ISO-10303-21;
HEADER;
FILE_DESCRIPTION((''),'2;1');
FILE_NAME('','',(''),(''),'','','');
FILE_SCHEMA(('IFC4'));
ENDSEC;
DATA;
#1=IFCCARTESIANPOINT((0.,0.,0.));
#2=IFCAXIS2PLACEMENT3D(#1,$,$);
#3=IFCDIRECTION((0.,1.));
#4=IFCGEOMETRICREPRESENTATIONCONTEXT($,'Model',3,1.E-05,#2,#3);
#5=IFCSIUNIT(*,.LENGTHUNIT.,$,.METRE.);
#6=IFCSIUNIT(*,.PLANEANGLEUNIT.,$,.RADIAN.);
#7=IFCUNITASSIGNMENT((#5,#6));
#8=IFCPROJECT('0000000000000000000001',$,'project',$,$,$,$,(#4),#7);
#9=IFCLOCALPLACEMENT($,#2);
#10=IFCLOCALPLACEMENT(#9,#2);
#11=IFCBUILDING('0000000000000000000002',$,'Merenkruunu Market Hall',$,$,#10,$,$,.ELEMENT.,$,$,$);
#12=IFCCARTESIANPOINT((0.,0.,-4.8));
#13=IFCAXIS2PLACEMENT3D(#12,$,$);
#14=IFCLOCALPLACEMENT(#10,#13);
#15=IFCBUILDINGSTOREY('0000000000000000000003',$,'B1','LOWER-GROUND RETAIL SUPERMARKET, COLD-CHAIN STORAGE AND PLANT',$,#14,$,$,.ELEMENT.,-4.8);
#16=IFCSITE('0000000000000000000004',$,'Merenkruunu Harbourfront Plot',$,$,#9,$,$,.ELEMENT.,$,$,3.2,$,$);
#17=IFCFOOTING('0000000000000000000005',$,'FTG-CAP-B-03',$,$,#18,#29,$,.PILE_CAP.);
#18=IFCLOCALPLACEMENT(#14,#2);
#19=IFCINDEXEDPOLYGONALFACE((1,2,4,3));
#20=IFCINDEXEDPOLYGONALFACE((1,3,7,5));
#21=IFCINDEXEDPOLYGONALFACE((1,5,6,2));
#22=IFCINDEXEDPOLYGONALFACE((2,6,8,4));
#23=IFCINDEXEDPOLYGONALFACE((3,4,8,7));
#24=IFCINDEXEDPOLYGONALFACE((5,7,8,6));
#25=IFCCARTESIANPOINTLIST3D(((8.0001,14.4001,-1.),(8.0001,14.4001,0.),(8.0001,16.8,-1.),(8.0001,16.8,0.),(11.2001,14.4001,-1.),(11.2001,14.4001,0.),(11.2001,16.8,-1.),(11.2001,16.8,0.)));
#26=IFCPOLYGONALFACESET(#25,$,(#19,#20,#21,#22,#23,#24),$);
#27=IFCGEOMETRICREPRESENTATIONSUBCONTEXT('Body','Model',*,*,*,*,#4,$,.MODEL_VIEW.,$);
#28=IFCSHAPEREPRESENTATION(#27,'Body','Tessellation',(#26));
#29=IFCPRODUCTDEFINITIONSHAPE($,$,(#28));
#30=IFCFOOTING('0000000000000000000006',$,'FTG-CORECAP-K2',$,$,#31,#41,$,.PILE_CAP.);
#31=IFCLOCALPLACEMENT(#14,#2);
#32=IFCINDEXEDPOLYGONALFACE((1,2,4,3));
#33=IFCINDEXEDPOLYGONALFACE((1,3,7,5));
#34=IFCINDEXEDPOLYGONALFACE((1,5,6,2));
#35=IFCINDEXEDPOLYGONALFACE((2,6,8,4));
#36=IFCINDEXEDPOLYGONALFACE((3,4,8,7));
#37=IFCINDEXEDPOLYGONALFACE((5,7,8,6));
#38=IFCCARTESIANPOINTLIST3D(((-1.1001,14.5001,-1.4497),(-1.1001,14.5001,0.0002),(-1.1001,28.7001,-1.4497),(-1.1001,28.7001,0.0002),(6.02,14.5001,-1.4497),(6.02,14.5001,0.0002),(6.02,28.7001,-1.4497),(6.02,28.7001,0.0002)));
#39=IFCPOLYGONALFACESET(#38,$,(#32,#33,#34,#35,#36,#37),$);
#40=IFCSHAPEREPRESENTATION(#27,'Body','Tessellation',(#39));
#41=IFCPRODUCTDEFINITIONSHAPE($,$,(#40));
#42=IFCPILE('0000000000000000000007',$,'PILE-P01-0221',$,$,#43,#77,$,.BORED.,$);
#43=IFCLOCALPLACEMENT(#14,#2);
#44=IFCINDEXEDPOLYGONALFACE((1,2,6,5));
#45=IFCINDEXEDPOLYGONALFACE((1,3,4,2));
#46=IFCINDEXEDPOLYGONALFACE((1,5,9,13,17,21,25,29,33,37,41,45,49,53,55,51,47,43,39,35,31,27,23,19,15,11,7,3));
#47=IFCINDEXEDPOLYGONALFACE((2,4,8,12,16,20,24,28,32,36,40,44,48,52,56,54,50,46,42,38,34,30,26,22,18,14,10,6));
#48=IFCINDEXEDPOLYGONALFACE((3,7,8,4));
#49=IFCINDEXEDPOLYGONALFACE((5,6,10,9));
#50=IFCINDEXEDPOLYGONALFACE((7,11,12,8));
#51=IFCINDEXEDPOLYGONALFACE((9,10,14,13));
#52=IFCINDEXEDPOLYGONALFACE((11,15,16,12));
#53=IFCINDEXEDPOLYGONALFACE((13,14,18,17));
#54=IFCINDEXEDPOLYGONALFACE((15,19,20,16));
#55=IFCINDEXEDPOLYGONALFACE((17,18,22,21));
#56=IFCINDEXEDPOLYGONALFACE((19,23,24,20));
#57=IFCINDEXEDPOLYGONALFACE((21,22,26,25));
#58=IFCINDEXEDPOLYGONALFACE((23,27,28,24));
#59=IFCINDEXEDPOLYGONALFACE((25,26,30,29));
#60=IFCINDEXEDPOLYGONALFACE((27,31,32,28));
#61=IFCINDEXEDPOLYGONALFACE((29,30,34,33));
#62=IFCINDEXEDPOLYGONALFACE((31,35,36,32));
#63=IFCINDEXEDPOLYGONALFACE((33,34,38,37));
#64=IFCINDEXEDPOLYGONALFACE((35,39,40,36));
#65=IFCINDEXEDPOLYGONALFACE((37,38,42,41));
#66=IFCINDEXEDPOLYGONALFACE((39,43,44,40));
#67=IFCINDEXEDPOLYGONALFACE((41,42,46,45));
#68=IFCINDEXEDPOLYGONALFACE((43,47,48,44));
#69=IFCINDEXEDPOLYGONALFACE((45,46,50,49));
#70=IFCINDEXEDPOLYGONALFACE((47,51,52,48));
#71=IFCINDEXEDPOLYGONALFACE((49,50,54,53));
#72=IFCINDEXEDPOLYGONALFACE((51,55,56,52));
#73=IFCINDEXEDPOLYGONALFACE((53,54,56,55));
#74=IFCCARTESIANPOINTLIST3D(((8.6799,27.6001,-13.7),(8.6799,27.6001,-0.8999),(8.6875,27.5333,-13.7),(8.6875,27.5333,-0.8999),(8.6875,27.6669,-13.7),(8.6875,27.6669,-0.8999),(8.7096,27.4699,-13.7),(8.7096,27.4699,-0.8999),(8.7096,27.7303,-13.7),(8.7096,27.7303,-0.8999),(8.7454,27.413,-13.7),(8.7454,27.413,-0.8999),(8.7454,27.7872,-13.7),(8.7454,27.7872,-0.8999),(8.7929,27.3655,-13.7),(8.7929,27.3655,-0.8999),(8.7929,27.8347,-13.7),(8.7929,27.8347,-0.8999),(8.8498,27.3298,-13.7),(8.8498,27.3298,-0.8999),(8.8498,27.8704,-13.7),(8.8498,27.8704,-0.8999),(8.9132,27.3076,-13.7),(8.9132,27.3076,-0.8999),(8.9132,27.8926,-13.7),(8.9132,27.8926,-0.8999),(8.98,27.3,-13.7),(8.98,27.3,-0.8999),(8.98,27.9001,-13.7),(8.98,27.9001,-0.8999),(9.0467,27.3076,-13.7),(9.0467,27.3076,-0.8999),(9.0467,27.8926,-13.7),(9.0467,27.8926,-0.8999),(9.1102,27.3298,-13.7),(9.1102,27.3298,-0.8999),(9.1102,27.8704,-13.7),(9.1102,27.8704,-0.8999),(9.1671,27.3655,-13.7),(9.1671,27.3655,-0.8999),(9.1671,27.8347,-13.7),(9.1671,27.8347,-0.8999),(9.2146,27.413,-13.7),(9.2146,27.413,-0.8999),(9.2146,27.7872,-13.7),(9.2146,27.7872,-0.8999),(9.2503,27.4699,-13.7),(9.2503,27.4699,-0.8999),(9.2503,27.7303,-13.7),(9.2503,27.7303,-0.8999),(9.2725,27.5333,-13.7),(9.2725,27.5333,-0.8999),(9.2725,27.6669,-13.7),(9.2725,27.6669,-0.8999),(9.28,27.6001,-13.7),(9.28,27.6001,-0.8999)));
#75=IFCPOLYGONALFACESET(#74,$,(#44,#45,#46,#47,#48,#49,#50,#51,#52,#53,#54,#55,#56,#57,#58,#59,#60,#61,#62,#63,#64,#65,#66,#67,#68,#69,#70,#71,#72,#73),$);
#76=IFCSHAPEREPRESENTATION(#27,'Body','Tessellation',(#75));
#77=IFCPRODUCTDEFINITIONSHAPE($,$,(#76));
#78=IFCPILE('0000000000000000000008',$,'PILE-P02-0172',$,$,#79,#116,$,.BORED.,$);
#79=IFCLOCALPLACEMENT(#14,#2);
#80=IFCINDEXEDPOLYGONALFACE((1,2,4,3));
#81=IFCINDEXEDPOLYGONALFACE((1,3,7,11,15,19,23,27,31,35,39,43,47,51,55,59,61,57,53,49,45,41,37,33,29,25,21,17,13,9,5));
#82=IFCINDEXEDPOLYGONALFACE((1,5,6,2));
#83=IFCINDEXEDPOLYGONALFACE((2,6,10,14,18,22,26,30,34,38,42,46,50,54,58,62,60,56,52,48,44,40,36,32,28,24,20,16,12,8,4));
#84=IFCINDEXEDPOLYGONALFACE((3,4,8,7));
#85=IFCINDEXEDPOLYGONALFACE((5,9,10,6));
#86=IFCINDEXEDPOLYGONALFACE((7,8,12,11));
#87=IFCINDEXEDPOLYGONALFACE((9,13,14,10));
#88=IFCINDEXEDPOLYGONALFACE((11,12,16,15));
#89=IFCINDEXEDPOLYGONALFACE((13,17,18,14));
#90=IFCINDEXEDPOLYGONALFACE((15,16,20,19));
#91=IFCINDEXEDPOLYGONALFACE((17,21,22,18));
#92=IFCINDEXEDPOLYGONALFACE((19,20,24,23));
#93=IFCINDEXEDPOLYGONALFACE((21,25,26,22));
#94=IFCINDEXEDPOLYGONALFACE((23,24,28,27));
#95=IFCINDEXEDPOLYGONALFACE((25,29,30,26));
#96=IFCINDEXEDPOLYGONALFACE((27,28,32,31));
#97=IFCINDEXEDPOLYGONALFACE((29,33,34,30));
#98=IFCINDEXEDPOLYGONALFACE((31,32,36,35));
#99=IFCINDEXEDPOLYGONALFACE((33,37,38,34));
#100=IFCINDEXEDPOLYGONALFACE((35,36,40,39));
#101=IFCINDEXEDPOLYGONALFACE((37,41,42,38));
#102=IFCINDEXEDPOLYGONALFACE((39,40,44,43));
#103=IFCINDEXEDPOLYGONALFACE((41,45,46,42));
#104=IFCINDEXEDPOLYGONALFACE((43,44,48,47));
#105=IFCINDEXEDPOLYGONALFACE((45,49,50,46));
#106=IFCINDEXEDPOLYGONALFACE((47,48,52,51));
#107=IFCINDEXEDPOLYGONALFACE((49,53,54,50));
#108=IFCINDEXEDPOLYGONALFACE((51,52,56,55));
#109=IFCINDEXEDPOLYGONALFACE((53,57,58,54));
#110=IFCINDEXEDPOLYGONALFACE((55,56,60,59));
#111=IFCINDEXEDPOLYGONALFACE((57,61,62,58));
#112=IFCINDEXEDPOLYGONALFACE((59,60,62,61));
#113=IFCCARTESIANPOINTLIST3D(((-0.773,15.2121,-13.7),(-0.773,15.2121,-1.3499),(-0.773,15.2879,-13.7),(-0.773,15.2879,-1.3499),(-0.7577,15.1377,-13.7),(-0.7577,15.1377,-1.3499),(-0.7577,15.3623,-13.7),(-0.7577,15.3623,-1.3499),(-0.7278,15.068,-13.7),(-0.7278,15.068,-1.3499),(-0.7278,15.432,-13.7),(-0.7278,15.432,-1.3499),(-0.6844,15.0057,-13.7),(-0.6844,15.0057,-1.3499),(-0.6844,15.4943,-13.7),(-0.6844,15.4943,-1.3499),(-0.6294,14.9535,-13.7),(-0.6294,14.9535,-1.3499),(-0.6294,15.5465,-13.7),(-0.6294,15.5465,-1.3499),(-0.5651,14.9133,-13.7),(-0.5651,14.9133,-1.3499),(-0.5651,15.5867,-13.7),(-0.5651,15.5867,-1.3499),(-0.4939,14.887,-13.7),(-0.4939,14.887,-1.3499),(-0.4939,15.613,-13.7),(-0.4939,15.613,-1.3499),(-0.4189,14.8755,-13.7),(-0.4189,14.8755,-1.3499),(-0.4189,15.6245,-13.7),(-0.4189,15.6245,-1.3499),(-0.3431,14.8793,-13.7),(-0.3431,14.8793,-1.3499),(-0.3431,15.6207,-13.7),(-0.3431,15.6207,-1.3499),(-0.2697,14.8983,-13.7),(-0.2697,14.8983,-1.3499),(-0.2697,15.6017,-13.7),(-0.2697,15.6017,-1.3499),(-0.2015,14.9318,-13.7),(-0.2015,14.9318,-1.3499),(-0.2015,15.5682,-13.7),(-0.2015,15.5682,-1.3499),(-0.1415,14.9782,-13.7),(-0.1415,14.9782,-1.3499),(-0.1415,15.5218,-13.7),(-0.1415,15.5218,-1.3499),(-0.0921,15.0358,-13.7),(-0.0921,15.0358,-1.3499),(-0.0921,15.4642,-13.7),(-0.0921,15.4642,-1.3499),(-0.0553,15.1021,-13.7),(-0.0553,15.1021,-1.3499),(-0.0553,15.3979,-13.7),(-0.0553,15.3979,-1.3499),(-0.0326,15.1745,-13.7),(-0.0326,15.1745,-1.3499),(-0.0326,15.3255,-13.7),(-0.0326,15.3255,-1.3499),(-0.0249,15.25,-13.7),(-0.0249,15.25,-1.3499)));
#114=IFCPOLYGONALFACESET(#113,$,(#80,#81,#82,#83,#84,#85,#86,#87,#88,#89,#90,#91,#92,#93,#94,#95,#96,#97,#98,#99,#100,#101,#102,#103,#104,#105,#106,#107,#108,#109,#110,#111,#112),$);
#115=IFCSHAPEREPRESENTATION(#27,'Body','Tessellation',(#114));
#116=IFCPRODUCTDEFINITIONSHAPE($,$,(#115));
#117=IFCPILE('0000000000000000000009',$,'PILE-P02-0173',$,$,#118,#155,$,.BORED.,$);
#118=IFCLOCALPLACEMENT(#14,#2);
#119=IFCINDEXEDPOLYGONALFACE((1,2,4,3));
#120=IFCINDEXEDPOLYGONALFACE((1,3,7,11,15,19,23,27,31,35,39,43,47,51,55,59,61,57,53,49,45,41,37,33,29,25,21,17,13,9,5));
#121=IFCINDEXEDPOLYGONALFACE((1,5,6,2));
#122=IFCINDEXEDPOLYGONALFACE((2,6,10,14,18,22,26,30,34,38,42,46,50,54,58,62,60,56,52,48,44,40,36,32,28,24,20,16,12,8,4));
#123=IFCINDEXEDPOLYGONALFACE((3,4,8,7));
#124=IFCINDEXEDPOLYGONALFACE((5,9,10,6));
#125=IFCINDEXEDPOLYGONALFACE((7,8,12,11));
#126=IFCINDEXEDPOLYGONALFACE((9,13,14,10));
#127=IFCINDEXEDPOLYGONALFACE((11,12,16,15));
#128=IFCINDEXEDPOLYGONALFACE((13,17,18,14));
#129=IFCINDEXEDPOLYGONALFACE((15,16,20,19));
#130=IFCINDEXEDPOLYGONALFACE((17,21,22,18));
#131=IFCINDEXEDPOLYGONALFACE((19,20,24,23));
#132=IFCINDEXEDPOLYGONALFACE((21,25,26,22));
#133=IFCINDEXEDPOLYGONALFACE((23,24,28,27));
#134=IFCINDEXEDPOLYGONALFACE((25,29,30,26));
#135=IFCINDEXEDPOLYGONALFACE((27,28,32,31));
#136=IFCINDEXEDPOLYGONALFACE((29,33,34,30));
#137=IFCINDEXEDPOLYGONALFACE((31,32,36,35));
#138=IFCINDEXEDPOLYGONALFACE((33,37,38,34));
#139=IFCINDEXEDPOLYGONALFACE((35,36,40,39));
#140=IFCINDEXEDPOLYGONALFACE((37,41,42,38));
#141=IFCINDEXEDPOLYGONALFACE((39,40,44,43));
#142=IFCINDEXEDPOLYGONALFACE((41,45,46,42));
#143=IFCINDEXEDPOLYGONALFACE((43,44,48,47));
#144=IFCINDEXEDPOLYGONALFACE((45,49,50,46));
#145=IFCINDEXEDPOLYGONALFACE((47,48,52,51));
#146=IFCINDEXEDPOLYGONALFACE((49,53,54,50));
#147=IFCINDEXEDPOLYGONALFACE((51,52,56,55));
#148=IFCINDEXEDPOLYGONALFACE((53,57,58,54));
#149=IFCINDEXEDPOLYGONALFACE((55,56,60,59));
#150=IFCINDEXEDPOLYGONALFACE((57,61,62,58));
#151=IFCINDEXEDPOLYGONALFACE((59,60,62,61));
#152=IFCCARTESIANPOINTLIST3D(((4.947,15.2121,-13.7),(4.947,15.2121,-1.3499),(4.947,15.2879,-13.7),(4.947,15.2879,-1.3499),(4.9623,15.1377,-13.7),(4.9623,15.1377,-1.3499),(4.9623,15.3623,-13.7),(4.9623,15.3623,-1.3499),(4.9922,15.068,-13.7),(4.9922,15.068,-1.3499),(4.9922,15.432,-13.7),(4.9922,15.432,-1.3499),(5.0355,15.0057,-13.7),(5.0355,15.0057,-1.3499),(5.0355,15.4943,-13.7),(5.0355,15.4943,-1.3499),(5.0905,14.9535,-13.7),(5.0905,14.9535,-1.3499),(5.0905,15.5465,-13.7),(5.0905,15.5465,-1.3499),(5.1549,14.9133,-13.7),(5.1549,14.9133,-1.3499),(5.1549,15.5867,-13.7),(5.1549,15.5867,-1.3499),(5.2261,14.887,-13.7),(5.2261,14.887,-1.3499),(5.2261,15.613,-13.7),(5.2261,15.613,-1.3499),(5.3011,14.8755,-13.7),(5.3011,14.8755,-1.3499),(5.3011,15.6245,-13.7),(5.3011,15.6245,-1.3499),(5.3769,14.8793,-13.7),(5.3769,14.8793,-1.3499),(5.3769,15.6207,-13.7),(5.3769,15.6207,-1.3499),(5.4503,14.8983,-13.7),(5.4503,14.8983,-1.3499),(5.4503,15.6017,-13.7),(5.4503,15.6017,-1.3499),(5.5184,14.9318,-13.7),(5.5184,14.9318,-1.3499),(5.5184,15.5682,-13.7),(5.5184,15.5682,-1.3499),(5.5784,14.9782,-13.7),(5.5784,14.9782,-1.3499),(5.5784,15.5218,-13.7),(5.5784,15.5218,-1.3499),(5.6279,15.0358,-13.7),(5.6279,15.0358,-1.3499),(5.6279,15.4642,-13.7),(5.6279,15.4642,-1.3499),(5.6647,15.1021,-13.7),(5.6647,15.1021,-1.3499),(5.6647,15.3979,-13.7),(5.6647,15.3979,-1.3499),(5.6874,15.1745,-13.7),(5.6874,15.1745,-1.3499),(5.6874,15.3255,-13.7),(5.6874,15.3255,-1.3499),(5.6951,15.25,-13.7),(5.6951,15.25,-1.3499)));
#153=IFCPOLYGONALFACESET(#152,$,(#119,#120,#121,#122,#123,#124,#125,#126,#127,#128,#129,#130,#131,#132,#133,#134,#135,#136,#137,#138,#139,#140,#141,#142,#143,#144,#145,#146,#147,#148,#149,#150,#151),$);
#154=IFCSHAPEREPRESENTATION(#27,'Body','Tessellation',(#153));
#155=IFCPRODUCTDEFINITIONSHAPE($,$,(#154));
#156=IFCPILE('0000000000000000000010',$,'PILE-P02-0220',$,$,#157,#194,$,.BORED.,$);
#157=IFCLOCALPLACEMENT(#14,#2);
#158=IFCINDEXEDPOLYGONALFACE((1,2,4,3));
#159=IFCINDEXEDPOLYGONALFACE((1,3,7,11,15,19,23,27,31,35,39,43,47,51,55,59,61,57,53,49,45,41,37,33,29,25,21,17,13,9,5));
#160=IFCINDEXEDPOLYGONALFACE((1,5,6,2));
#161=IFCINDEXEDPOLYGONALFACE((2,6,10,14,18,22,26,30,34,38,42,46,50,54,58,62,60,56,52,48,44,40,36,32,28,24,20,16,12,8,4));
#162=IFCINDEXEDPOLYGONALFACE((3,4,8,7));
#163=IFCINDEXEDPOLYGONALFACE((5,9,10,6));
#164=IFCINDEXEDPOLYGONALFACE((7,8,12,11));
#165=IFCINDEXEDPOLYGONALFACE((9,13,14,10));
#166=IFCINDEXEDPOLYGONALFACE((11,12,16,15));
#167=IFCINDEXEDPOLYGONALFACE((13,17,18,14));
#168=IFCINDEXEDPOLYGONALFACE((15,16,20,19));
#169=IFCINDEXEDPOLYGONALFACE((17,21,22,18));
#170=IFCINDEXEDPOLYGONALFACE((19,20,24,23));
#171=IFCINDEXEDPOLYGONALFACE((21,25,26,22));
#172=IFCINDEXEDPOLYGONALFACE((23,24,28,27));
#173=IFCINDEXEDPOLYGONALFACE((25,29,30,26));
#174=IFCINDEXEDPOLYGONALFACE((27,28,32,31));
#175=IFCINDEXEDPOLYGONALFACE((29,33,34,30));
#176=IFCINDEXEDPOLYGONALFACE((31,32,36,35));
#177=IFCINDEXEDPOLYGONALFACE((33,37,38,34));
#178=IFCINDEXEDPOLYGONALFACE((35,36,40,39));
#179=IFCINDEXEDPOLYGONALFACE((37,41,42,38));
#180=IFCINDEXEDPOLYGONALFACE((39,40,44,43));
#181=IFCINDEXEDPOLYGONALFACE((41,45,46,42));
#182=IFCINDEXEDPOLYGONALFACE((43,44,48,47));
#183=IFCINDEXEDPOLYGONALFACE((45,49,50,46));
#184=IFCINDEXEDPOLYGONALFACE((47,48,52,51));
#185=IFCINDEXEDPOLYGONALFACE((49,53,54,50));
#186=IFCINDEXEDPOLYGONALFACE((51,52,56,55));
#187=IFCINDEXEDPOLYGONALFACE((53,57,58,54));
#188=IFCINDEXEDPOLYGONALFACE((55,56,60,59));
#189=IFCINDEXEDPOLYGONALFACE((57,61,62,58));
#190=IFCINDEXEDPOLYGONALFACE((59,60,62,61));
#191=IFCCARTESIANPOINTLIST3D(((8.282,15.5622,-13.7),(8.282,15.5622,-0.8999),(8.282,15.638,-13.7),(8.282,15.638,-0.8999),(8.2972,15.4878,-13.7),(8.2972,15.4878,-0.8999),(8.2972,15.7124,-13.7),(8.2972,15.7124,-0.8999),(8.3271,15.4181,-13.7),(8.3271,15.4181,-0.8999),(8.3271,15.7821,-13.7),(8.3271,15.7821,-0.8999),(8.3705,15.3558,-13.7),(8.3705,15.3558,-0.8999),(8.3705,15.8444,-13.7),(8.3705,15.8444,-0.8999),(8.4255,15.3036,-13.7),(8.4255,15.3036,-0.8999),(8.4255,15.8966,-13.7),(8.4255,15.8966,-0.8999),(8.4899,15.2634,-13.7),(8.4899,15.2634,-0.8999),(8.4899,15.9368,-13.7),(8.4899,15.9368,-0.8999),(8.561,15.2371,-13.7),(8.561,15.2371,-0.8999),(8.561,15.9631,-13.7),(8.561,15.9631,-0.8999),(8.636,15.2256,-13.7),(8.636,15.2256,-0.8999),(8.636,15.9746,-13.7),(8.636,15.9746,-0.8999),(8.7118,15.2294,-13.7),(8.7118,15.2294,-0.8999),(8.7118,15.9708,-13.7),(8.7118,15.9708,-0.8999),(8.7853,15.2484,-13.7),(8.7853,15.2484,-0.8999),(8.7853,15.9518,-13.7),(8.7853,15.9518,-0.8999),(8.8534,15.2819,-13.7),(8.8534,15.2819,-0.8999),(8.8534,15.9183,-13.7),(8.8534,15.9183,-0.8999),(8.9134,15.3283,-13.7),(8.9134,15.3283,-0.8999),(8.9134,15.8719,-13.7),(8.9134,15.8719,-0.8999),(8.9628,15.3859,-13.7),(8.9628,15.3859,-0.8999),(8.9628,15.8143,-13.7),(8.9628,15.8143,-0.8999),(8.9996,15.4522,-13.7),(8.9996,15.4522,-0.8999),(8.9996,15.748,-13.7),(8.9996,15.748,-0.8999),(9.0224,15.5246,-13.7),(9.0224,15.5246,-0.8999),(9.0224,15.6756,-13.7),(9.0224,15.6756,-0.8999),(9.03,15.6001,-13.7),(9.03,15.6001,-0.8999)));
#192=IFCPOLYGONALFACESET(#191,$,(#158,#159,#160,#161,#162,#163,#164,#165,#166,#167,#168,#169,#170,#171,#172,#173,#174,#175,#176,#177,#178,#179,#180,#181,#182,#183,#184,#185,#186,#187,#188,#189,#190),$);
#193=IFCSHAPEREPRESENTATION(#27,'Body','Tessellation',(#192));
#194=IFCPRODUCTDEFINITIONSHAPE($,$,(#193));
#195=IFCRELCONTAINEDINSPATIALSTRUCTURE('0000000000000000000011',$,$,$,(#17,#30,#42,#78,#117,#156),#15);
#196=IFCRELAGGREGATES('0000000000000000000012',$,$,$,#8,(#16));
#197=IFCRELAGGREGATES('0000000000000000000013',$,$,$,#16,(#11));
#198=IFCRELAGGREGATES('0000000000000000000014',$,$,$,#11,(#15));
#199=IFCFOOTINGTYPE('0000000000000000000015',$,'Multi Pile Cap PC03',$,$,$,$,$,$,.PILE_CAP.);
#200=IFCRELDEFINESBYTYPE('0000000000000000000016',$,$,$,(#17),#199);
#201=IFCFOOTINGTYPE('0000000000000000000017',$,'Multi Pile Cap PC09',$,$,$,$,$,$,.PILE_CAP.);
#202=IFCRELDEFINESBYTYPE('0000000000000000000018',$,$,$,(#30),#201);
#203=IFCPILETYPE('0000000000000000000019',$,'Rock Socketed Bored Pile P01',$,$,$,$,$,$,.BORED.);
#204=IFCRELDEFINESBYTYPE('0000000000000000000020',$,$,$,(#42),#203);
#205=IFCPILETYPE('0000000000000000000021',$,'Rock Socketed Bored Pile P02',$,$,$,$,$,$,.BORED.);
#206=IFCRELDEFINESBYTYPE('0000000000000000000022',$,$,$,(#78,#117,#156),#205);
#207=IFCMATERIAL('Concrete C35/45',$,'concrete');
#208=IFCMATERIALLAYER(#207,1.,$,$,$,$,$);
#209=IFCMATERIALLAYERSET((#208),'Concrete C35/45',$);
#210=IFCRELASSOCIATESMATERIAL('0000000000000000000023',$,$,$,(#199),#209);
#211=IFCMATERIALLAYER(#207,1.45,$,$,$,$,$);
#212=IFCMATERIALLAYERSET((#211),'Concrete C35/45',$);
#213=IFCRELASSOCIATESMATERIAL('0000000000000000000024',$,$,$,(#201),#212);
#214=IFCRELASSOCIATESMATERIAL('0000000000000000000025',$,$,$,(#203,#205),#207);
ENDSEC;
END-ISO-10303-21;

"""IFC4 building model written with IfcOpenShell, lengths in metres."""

from ifc_helpers import new_model, si_unit, direction, frame, origin, origin_2d, place, context, subcontext, project, spatial, rectangle, circle, extrude, material, layer, layer_set, material_profile, profile_set, type_object, element, save


model = new_model("IFC4")

# Units and contexts
model_context = context("Model", 3, precision=1e-05, world=origin(), true_north=direction((0.0, 1.0)))
body_context = subcontext(model_context, "Body", "Model", "MODEL_VIEW")
ifc_project = project(units=[si_unit("LENGTHUNIT", "METRE"), si_unit("PLANEANGLEUNIT", "RADIAN")], contexts=[model_context])

# Site, building, storey
site_placement = place(None, origin())
site = spatial("IfcSite", under=ifc_project, at=site_placement, Name="Merenkruunu Harbourfront Plot", CompositionType="ELEMENT", RefElevation=3.2)
building_placement = place(site_placement, origin())
building = spatial("IfcBuilding", under=site, at=building_placement, Name="Merenkruunu Market Hall", CompositionType="ELEMENT")
storey_placement = place(building_placement, frame((0.0, 0.0, -4.8)))
storey = spatial("IfcBuildingStorey", under=building, at=storey_placement, Name="B1", Description="LOWER-GROUND RETAIL SUPERMARKET, COLD-CHAIN STORAGE AND PLANT", CompositionType="ELEMENT", Elevation=-4.8)

# Footings
ifc_material_1 = material(Name="Concrete C35/45", Category="concrete")
ifc_layer_1 = layer(ifc_material_1, 1.0)
ifc_layer_set_1 = layer_set([ifc_layer_1], Name="Concrete C35/45")
footing_type_1 = type_object("IfcFootingType", Name="Multi Pile Cap PC03", PredefinedType="PILE_CAP", material=ifc_layer_set_1)
footing_1_placement = place(storey_placement, frame((9.6001, 15.6001, -1.0), z_axis=(0.0, 0.0, 1.0), x_axis=(1.0, 0.0, 0.0)))
element("IfcFooting", 1, at=footing_1_placement, inside=storey, type_object=footing_type_1, Name="FTG-CAP-B-03", PredefinedType="PILE_CAP", context=body_context, shape_type="SweptSolid", body=[
    extrude(rectangle(XDim=3.2, YDim=2.3999, at=origin_2d()), origin(), (0.0, 0.0, 1.0), 1.0),
])
ifc_layer_2 = layer(ifc_material_1, 1.45)
ifc_layer_set_2 = layer_set([ifc_layer_2], Name="Concrete C35/45")
footing_type_2 = type_object("IfcFootingType", Name="Multi Pile Cap PC09", PredefinedType="PILE_CAP", material=ifc_layer_set_2)
footing_2_placement = place(storey_placement, frame((2.46, 21.6001, -1.4497), z_axis=(0.0, 0.0, 1.0), x_axis=(1.0, 0.0, 0.0)))
element("IfcFooting", 2, at=footing_2_placement, inside=storey, type_object=footing_type_2, Name="FTG-CORECAP-K2", PredefinedType="PILE_CAP", context=body_context, shape_type="SweptSolid", body=[
    extrude(rectangle(XDim=7.1201, YDim=14.2, at=origin_2d()), origin(), (0.0, 0.0, 1.0), 1.45),
])

# Piles
ifc_material_profile_1 = material_profile(ifc_material_1, circle(Radius=0.3, at=origin_2d()), Name="BORED PILE 600")
ifc_profile_set_1 = profile_set([ifc_material_profile_1], Name="Concrete C35/45")
pile_type_1 = type_object("IfcPileType", Name="Rock Socketed Bored Pile P01", PredefinedType="BORED", material=ifc_profile_set_1)
pile_1_placement = place(storey_placement, frame((8.98, 27.6001, -0.8999), z_axis=(0.0, 0.0, -1.0), x_axis=(1.0, 0.0, 0.0)))
element("IfcPile", 3, at=pile_1_placement, inside=storey, type_object=pile_type_1, Name="PILE-P01-0221", PredefinedType="BORED", context=body_context, shape_type="SweptSolid", body=[
    extrude(circle(Radius=0.3, at=origin_2d()), origin(), (0.0, 0.0, 1.0), 12.8),
])
ifc_material_profile_2 = material_profile(ifc_material_1, circle(Radius=0.375, at=origin_2d()), Name="BORED PILE 750")
ifc_profile_set_2 = profile_set([ifc_material_profile_2], Name="Concrete C35/45")
pile_type_2 = type_object("IfcPileType", Name="Rock Socketed Bored Pile P02", PredefinedType="BORED", material=ifc_profile_set_2)
for number, where, z_axis, x_axis, name in (
    (4, (-0.3999, 15.25, -1.3499), (0.0, 0.0, -1.0), (1.0, 0.0, 0.0), "PILE-P02-0172"),
    (5, (5.3201, 15.25, -1.3499), (0.0, 0.0, -1.0), (1.0, 0.0, 0.0), "PILE-P02-0173"),
):
    element("IfcPile", number, at=place(storey_placement, frame(where, z_axis=z_axis, x_axis=x_axis)), inside=storey, type_object=pile_type_2, Name=name, PredefinedType="BORED", context=body_context, shape_type="SweptSolid", body=[
        extrude(circle(Radius=0.375, at=origin_2d()), origin(), (0.0, 0.0, 1.0), 12.3501),
    ])
pile_2_placement = place(storey_placement, frame((8.655, 15.6001, -0.8999), z_axis=(0.0, 0.0, -1.0), x_axis=(1.0, 0.0, 0.0)))
element("IfcPile", 6, at=pile_2_placement, inside=storey, type_object=pile_type_2, Name="PILE-P02-0220", PredefinedType="BORED", context=body_context, shape_type="SweptSolid", body=[
    extrude(circle(Radius=0.375, at=origin_2d()), origin(), (0.0, 0.0, 1.0), 12.8),
])

save(model, "model.ifc")
